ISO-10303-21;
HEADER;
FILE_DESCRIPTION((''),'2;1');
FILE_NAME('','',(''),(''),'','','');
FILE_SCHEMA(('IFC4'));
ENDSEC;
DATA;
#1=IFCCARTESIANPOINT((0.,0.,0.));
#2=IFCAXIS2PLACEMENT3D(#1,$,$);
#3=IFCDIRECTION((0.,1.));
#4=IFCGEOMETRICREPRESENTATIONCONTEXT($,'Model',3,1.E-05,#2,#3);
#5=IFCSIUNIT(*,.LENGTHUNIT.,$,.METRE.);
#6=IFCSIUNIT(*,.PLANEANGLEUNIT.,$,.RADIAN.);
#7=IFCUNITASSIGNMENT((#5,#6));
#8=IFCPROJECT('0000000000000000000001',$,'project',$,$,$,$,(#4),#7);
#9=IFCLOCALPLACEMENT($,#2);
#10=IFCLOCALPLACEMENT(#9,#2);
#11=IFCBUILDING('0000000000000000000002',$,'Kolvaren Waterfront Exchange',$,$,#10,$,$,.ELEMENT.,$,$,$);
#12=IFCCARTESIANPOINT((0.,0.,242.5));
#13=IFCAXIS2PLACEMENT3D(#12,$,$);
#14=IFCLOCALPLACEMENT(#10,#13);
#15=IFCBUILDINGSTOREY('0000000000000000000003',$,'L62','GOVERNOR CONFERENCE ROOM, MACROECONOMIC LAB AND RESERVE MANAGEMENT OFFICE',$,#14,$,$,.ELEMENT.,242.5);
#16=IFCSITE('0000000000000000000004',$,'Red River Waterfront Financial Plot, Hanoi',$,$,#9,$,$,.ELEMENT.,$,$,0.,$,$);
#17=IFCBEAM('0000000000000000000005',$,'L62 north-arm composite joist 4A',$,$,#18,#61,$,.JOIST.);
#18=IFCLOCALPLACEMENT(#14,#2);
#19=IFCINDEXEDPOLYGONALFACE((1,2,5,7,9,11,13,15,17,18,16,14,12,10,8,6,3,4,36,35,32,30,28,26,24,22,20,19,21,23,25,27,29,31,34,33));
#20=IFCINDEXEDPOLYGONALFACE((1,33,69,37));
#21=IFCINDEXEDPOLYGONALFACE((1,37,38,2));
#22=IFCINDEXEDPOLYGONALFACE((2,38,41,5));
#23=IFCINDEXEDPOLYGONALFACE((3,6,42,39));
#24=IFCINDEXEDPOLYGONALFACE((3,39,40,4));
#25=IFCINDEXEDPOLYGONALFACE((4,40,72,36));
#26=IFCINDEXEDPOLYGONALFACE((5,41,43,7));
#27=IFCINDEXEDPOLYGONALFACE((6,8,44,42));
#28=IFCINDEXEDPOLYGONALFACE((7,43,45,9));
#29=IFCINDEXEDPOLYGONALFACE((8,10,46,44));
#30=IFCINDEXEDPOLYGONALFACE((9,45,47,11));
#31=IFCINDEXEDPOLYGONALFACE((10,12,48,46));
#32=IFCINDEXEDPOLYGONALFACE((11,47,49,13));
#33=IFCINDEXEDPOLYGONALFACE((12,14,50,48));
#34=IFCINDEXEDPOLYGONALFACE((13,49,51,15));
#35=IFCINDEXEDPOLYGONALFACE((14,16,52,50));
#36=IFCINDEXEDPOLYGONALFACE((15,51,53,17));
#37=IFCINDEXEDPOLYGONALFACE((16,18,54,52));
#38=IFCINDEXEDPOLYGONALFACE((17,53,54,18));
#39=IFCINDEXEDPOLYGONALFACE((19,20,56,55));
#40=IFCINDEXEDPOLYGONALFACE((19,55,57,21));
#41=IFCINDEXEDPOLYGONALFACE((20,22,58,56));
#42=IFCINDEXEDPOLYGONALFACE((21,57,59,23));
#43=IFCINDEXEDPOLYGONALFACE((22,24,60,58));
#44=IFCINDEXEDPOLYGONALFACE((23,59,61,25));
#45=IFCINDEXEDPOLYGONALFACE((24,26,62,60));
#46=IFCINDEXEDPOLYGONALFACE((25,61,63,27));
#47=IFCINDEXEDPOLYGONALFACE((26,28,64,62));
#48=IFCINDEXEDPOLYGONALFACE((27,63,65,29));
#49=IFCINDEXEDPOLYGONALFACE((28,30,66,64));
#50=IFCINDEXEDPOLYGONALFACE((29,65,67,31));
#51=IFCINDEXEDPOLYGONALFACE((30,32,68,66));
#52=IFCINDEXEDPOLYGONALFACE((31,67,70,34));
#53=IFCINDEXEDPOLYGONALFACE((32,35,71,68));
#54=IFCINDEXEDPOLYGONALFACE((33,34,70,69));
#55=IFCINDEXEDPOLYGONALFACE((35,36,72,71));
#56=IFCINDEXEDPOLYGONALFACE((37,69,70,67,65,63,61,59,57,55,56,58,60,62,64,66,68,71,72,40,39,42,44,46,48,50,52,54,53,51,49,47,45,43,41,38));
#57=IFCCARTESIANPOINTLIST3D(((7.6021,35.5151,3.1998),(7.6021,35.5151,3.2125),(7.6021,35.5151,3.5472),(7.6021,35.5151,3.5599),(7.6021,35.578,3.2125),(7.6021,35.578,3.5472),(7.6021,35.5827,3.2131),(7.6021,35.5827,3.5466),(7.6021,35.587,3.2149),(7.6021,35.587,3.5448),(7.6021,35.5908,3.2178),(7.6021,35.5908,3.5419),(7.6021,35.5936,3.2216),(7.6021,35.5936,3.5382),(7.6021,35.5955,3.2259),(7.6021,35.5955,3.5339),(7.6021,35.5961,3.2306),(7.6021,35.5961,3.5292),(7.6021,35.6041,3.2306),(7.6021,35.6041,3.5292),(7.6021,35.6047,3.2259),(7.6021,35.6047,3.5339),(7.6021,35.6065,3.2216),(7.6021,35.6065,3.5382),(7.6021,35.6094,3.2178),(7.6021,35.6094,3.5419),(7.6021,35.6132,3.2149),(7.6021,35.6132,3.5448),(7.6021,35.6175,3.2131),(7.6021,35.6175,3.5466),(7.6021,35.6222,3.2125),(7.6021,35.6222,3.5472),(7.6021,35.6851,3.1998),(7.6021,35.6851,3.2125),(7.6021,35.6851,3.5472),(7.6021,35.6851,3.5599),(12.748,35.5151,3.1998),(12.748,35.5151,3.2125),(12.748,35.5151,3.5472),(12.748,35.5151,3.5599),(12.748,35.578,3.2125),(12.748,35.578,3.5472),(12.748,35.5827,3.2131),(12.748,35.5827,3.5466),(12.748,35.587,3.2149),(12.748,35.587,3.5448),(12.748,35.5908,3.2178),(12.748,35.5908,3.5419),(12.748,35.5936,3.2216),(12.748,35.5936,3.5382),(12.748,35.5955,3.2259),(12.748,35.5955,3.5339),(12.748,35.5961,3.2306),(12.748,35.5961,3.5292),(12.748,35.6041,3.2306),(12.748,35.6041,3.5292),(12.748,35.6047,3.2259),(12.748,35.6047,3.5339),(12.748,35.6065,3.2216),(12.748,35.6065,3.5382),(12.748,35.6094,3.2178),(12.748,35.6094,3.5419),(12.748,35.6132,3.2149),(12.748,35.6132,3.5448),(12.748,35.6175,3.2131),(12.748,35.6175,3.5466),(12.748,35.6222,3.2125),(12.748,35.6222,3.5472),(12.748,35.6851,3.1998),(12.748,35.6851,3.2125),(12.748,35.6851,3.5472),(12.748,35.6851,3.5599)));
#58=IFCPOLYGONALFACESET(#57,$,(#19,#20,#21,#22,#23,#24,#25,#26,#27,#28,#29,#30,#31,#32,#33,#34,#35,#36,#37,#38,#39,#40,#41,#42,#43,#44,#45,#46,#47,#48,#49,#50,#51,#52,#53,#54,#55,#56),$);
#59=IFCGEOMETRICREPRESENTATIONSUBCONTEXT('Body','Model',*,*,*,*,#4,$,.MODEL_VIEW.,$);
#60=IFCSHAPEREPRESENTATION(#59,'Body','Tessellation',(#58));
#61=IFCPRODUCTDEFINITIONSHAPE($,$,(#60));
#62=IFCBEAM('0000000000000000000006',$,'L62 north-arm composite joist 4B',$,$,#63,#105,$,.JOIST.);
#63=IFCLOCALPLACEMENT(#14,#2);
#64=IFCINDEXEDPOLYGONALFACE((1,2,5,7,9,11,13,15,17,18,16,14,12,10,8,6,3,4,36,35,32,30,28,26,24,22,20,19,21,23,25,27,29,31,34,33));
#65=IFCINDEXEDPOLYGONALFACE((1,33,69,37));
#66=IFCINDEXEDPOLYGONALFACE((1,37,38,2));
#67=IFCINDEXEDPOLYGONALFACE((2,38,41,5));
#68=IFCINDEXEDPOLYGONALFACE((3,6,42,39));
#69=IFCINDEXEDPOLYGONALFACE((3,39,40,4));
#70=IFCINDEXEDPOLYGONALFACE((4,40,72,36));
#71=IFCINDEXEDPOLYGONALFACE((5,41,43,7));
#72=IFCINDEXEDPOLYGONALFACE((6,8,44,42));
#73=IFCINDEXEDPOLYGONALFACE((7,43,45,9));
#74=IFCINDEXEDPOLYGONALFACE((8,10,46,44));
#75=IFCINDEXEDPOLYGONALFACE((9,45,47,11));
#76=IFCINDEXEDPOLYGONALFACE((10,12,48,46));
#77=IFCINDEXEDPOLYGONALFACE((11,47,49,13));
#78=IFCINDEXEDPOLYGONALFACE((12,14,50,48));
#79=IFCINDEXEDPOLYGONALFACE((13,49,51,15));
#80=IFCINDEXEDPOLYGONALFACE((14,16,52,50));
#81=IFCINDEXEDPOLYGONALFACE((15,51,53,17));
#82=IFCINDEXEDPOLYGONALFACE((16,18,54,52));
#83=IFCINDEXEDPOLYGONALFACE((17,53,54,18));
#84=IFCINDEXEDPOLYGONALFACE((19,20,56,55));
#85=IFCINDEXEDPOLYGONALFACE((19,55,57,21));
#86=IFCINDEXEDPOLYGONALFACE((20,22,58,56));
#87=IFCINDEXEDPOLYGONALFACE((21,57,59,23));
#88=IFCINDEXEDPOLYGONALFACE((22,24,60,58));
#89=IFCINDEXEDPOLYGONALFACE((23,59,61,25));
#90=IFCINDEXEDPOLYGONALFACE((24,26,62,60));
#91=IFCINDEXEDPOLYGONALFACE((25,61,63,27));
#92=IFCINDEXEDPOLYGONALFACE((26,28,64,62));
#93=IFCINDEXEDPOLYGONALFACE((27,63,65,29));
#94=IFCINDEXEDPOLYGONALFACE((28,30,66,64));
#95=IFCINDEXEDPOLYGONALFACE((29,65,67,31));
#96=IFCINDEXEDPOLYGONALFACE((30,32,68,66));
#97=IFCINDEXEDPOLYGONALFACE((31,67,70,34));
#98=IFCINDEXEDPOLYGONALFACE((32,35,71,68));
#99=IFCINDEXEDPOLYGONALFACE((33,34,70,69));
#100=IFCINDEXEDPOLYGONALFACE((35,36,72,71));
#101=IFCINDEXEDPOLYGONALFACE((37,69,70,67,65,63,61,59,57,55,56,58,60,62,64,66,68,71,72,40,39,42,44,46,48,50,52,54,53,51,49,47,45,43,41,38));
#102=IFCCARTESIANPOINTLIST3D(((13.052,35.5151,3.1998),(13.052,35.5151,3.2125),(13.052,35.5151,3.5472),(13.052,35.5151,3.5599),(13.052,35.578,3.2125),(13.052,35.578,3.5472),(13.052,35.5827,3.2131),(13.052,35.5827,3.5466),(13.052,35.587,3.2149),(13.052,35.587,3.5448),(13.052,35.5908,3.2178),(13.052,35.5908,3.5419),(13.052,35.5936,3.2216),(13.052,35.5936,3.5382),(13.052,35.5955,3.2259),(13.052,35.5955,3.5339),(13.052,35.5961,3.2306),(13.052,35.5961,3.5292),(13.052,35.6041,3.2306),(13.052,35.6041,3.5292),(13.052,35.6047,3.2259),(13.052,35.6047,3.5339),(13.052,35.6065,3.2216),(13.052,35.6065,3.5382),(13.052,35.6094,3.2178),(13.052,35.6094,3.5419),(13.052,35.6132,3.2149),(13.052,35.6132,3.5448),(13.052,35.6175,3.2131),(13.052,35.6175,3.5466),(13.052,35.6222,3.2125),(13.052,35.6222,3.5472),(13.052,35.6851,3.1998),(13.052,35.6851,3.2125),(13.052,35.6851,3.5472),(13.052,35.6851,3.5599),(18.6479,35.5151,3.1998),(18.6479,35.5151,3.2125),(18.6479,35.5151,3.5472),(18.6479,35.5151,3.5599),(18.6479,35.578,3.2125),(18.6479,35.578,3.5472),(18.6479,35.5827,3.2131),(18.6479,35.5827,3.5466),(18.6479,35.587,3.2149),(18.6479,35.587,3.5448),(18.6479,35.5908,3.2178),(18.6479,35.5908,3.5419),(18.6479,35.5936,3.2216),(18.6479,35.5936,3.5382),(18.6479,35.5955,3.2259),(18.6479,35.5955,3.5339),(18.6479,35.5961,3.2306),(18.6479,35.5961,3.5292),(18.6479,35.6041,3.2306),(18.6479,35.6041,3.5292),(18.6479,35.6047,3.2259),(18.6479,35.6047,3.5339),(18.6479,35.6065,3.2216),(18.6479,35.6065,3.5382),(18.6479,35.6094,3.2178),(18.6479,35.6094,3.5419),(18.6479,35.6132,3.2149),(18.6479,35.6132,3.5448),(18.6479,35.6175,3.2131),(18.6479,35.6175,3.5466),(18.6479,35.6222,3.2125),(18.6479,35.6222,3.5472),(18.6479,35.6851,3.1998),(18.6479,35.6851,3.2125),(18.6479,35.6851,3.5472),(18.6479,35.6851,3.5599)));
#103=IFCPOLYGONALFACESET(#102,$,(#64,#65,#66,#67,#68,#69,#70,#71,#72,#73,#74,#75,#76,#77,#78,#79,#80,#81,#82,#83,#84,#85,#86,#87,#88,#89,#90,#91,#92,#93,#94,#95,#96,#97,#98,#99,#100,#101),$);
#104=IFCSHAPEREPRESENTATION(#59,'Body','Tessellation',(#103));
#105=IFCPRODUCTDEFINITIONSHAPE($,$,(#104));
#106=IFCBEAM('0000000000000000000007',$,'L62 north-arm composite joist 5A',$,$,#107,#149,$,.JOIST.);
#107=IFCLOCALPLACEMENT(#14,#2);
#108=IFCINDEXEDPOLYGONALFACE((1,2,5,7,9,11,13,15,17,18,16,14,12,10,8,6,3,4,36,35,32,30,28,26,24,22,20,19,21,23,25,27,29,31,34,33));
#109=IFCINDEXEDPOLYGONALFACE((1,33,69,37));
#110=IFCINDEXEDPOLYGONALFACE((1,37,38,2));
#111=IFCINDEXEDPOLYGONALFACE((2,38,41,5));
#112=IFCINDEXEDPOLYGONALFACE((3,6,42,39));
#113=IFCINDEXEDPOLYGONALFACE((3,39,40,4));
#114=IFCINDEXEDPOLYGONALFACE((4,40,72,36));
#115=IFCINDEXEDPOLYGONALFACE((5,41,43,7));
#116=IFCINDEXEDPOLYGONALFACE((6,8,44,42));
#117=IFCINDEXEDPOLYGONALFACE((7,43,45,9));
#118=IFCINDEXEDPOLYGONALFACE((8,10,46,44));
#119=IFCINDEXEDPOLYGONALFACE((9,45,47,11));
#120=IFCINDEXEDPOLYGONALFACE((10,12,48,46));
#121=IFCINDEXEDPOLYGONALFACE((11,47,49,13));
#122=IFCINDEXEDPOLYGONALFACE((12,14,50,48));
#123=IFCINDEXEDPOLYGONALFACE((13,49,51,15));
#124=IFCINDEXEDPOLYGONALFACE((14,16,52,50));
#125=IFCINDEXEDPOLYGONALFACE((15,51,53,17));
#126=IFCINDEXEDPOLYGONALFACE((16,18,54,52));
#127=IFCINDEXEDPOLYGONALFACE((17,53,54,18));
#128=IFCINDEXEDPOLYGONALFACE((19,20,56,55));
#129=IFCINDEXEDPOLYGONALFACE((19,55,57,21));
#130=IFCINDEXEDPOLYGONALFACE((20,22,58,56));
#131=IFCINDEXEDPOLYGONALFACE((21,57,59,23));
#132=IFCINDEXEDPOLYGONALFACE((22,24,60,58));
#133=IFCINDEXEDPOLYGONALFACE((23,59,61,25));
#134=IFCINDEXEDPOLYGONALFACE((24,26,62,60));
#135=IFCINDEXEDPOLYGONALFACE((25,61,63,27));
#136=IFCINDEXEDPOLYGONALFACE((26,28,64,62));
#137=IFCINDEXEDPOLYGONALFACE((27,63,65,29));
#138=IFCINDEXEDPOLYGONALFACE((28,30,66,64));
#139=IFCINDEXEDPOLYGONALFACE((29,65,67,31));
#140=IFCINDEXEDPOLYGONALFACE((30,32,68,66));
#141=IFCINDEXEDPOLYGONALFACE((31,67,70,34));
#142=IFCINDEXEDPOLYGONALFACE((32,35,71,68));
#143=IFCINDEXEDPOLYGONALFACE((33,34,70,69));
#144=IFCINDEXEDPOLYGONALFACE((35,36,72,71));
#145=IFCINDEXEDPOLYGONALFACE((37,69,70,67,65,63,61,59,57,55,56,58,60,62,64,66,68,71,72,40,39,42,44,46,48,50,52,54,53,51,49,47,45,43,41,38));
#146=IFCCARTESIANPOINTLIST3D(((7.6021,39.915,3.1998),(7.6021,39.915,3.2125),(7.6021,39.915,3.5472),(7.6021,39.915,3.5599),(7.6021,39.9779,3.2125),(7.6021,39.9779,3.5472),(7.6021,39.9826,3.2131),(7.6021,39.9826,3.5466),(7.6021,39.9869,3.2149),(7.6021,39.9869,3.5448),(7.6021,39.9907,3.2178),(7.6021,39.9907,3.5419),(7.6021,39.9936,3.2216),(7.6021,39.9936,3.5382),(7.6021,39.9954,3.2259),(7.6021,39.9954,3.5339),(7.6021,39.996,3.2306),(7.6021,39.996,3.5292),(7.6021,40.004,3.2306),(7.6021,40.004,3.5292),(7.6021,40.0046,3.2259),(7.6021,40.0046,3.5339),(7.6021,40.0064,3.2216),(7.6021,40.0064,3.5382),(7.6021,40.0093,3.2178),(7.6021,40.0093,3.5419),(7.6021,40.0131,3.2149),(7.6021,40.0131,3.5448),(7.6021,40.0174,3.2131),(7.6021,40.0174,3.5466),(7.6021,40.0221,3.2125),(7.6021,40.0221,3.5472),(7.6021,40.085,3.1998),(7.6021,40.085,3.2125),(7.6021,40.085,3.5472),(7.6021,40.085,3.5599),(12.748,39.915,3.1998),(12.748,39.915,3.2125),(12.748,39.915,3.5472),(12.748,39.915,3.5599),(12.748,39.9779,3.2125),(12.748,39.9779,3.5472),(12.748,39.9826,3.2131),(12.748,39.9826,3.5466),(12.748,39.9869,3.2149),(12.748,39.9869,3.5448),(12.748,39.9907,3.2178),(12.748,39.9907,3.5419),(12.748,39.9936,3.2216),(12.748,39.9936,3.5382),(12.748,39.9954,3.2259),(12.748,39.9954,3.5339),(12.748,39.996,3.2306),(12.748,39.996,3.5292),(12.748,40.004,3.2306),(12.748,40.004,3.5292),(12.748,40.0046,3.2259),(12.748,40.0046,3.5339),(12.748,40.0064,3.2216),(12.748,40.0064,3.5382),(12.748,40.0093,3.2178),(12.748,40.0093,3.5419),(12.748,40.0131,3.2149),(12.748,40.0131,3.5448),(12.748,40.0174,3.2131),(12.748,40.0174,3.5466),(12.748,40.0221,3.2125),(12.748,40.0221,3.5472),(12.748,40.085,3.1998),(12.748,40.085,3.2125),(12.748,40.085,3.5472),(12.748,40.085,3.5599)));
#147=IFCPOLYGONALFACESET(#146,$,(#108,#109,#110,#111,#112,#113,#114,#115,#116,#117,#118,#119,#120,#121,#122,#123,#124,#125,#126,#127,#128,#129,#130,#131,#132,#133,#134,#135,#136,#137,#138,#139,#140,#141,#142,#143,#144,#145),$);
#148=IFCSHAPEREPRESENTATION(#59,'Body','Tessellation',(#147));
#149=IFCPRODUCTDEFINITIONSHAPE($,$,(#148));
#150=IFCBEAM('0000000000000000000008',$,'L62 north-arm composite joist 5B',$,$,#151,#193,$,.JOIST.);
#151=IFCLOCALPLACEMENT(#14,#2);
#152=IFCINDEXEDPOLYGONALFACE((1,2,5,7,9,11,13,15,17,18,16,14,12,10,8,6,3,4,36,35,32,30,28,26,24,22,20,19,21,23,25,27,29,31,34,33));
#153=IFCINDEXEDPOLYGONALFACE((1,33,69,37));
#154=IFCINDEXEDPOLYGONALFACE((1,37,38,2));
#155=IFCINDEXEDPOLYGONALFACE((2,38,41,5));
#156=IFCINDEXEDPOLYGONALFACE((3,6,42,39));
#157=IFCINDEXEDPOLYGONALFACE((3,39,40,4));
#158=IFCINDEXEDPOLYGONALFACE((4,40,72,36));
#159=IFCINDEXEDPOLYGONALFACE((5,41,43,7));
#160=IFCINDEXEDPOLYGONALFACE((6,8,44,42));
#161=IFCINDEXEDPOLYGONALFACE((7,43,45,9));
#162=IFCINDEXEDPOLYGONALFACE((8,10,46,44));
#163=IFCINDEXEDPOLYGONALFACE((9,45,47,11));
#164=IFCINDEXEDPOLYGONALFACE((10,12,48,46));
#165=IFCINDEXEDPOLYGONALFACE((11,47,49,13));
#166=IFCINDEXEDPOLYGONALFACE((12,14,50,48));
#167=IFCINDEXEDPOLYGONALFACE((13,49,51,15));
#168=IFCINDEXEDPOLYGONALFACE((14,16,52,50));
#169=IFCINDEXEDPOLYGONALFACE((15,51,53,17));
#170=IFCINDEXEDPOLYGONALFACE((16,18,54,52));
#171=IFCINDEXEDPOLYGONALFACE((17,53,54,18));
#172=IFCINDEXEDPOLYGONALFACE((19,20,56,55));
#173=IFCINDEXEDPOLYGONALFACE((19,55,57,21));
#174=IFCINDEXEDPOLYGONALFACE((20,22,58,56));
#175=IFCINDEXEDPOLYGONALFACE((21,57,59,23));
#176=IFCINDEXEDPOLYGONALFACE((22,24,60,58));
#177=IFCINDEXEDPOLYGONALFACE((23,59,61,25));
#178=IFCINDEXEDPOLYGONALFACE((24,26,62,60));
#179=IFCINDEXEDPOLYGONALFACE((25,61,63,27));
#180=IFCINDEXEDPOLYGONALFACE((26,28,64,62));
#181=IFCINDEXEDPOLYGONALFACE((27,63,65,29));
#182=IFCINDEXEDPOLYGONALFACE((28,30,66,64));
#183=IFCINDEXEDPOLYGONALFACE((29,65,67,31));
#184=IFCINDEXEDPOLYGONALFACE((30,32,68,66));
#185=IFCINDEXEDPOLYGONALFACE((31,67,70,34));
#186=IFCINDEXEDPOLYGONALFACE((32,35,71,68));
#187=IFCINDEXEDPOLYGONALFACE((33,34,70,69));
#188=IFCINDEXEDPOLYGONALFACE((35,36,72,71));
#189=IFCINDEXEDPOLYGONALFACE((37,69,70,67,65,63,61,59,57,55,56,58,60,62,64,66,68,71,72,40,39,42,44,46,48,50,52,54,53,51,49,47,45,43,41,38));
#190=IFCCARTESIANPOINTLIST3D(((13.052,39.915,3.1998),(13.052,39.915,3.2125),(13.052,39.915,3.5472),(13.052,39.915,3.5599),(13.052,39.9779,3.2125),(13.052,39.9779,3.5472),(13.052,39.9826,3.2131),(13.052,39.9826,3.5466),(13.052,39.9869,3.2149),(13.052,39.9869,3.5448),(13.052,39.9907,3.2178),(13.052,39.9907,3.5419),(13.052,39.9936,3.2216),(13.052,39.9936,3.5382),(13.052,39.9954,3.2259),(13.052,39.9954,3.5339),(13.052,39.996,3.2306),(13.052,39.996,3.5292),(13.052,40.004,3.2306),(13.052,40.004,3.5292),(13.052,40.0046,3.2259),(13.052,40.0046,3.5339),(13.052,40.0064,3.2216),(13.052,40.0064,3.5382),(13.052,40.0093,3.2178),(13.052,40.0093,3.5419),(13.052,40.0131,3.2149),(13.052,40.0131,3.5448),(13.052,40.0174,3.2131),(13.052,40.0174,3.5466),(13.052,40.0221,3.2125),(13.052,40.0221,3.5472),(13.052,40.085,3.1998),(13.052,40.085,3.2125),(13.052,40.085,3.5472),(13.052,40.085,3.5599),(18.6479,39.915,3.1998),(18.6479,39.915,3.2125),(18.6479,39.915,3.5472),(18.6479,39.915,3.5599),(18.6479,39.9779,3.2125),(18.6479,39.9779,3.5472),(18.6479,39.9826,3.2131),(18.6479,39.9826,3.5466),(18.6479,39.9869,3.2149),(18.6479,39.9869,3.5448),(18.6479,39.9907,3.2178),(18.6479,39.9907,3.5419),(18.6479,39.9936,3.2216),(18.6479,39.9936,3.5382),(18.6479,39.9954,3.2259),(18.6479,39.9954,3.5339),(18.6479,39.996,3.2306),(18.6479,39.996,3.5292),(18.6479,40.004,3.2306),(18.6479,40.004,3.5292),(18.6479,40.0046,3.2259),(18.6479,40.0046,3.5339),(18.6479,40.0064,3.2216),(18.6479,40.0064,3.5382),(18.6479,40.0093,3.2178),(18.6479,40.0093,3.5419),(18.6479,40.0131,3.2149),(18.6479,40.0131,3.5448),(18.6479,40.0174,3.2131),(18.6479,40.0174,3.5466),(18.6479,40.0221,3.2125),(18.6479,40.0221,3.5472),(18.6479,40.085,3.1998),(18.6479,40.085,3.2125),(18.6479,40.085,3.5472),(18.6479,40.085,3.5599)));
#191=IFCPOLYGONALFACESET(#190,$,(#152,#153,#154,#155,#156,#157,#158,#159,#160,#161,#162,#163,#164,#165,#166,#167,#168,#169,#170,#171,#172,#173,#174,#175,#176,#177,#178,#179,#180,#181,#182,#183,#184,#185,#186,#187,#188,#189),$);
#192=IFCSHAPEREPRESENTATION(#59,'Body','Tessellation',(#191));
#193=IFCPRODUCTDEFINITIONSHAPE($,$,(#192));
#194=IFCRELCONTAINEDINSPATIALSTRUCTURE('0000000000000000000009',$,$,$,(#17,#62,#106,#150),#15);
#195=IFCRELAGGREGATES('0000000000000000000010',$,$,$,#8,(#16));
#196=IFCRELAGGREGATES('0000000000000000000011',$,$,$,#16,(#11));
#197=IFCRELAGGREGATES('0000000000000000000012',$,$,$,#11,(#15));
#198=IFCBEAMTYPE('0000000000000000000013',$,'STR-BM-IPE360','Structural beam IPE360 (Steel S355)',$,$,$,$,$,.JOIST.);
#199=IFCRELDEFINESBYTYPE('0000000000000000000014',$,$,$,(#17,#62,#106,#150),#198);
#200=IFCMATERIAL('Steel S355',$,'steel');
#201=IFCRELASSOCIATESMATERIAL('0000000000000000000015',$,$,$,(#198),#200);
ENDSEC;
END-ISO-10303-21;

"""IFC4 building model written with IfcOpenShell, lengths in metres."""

from ifc_helpers import new_model, si_unit, direction, frame, origin, origin_2d, place, context, subcontext, project, spatial, i_section, extrude, material, material_profile, profile_set, type_object, element, save


model = new_model("IFC4")

# Units and contexts
model_context = context("Model", 3, precision=1e-05, world=origin(), true_north=direction((0.0, 1.0)))
body_context = subcontext(model_context, "Body", "Model", "MODEL_VIEW")
ifc_project = project(units=[si_unit("LENGTHUNIT", "METRE"), si_unit("PLANEANGLEUNIT", "RADIAN")], contexts=[model_context])

# Site, building, storey
site_placement = place(None, origin())
site = spatial("IfcSite", under=ifc_project, at=site_placement, Name="Red River Waterfront Financial Plot, Hanoi", CompositionType="ELEMENT", RefElevation=0.0)
building_placement = place(site_placement, origin())
building = spatial("IfcBuilding", under=site, at=building_placement, Name="Kolvaren Waterfront Exchange", CompositionType="ELEMENT")
storey_placement = place(building_placement, frame((0.0, 0.0, 242.5)))
storey = spatial("IfcBuildingStorey", under=building, at=storey_placement, Name="L62", Description="GOVERNOR CONFERENCE ROOM, MACROECONOMIC LAB AND RESERVE MANAGEMENT OFFICE", CompositionType="ELEMENT", Elevation=242.5)

# Beams
ifc_material_1 = material(Name="Steel S355", Category="steel")
ifc_material_profile_1 = material_profile(ifc_material_1, i_section(OverallWidth=0.1699, OverallDepth=0.3601, WebThickness=0.0081, FlangeThickness=0.0127, FilletRadius=0.0181, at=origin_2d()), Name="IPE360")
ifc_profile_set_1 = profile_set([ifc_material_profile_1], Name="Steel S355")
beam_type_1 = type_object("IfcBeamType", Name="STR-BM-IPE360", Description="Structural beam IPE360 (Steel S355)", PredefinedType="JOIST", material=ifc_profile_set_1)
beam_1_placement = place(storey_placement, frame((7.6021, 35.6001, 3.3799), z_axis=(1.0, 0.0, 0.0), x_axis=(0.0, 1.0, 0.0)))
element("IfcBeam", 1, at=beam_1_placement, inside=storey, type_object=beam_type_1, Name="L62 north-arm composite joist 4A", PredefinedType="JOIST", context=body_context, shape_type="SweptSolid", body=[
    extrude(i_section(OverallWidth=0.1699, OverallDepth=0.3601, WebThickness=0.0081, FlangeThickness=0.0127, FilletRadius=0.0181, at=origin_2d()), origin(), (0.0, 0.0, 1.0), 5.146),
])
beam_2_placement = place(storey_placement, frame((13.052, 35.6001, 3.3799), z_axis=(1.0, 0.0, 0.0), x_axis=(0.0, 1.0, 0.0)))
element("IfcBeam", 2, at=beam_2_placement, inside=storey, type_object=beam_type_1, Name="L62 north-arm composite joist 4B", PredefinedType="JOIST", context=body_context, shape_type="SweptSolid", body=[
    extrude(i_section(OverallWidth=0.1699, OverallDepth=0.3601, WebThickness=0.0081, FlangeThickness=0.0127, FilletRadius=0.0181, at=origin_2d()), origin(), (0.0, 0.0, 1.0), 5.5959),
])
beam_3_placement = place(storey_placement, frame((7.6021, 40.0, 3.3799), z_axis=(1.0, 0.0, 0.0), x_axis=(0.0, 1.0, 0.0)))
element("IfcBeam", 3, at=beam_3_placement, inside=storey, type_object=beam_type_1, Name="L62 north-arm composite joist 5A", PredefinedType="JOIST", context=body_context, shape_type="SweptSolid", body=[
    extrude(i_section(OverallWidth=0.1699, OverallDepth=0.3601, WebThickness=0.0081, FlangeThickness=0.0127, FilletRadius=0.0181, at=origin_2d()), origin(), (0.0, 0.0, 1.0), 5.146),
])
beam_4_placement = place(storey_placement, frame((13.052, 40.0, 3.3799), z_axis=(1.0, 0.0, 0.0), x_axis=(0.0, 1.0, 0.0)))
element("IfcBeam", 4, at=beam_4_placement, inside=storey, type_object=beam_type_1, Name="L62 north-arm composite joist 5B", PredefinedType="JOIST", context=body_context, shape_type="SweptSolid", body=[
    extrude(i_section(OverallWidth=0.1699, OverallDepth=0.3601, WebThickness=0.0081, FlangeThickness=0.0127, FilletRadius=0.0181, at=origin_2d()), origin(), (0.0, 0.0, 1.0), 5.5959),
])

save(model, "model.ifc")
